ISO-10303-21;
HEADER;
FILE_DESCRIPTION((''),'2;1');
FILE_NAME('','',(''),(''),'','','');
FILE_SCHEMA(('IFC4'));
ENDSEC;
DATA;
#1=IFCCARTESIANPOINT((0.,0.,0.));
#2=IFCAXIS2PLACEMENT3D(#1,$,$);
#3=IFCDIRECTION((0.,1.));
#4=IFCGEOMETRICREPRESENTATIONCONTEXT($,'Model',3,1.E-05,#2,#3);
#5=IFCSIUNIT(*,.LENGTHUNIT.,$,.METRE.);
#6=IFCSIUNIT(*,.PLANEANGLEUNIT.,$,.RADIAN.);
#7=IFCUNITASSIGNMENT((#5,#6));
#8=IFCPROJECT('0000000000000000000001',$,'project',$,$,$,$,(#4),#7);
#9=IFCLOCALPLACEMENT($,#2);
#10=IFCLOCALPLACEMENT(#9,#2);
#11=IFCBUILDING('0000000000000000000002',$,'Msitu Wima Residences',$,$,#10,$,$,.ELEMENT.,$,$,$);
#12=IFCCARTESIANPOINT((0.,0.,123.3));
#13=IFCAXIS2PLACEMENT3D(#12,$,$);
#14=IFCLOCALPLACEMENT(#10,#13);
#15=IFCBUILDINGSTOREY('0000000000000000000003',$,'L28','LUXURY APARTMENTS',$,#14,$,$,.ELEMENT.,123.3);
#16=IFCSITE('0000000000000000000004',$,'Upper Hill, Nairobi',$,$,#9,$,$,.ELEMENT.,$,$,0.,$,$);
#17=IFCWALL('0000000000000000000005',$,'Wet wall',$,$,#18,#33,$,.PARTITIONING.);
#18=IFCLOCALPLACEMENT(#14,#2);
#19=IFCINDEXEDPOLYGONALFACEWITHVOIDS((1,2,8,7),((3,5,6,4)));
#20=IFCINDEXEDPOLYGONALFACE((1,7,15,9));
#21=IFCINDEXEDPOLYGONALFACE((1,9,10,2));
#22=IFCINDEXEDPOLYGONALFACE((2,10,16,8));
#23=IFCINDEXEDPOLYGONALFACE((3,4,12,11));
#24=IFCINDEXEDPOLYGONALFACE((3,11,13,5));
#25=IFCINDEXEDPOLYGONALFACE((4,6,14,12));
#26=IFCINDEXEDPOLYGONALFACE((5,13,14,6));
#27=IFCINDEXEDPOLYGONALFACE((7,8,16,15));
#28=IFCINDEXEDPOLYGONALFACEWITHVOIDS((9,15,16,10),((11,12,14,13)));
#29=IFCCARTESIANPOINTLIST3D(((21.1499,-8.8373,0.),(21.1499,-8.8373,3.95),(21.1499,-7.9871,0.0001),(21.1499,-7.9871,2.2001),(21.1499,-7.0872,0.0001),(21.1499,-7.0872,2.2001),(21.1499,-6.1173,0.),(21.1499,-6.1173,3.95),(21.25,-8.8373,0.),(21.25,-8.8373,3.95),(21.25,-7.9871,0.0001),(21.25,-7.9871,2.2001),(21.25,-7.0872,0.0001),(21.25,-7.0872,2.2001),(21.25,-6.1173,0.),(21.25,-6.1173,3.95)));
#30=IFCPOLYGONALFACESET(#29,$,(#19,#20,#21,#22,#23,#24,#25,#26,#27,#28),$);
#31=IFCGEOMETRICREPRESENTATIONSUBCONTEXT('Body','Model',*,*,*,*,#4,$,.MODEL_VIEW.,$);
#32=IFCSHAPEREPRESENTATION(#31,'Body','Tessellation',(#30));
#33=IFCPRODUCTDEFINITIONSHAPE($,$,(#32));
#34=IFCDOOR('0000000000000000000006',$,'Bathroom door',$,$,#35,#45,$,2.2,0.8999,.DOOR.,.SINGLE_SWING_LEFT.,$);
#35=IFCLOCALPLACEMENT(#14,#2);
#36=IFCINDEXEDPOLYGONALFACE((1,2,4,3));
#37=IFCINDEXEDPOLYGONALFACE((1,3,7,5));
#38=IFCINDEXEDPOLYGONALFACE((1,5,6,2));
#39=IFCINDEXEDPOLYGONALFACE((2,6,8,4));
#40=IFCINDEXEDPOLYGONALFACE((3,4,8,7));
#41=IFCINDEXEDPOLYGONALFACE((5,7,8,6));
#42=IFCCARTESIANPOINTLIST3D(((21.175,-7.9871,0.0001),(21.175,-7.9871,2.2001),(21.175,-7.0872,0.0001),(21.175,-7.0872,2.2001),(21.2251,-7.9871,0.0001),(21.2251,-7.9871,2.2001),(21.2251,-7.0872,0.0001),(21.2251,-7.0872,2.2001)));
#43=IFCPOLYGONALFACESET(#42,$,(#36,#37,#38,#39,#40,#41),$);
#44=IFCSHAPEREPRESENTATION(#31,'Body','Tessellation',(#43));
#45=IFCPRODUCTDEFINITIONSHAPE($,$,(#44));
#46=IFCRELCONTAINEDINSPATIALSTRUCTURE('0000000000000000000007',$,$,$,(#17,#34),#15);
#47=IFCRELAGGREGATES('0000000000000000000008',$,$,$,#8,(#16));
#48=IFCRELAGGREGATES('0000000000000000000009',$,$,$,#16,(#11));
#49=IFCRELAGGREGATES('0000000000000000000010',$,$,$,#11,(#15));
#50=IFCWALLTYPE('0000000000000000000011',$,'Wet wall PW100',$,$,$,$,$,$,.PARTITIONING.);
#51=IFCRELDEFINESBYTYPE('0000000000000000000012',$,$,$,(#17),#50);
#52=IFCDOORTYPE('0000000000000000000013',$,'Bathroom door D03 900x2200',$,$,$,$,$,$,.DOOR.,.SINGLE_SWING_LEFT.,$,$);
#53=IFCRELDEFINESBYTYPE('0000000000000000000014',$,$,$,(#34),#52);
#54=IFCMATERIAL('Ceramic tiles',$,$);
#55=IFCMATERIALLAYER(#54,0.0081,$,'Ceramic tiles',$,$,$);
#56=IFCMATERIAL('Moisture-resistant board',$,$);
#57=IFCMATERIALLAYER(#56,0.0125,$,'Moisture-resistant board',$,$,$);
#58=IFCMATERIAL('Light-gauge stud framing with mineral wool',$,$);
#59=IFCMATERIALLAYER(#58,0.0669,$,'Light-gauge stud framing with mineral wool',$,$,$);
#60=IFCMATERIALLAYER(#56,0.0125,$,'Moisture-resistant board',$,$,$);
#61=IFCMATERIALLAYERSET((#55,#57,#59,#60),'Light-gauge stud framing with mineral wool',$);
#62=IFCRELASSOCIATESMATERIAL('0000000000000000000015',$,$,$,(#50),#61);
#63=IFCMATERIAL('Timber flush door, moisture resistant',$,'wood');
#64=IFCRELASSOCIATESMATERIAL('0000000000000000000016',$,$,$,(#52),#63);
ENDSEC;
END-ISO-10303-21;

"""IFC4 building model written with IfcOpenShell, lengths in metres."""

from ifc_helpers import new_model, si_unit, direction, frame, frame_2d, origin, place, context, subcontext, project, spatial, rectangle, extrude, material, layer, layer_set, type_object, element, fill, save


model = new_model("IFC4")

# Units and contexts
model_context = context("Model", 3, precision=1e-05, world=origin(), true_north=direction((0.0, 1.0)))
body_context = subcontext(model_context, "Body", "Model", "MODEL_VIEW")
ifc_project = project(units=[si_unit("LENGTHUNIT", "METRE"), si_unit("PLANEANGLEUNIT", "RADIAN")], contexts=[model_context])

# Site, building, storey
site_placement = place(None, origin())
site = spatial("IfcSite", under=ifc_project, at=site_placement, Name="Upper Hill, Nairobi", CompositionType="ELEMENT", RefElevation=0.0)
building_placement = place(site_placement, origin())
building = spatial("IfcBuilding", under=site, at=building_placement, Name="Msitu Wima Residences", CompositionType="ELEMENT")
storey_placement = place(building_placement, frame((0.0, 0.0, 123.3)))
storey = spatial("IfcBuildingStorey", under=building, at=storey_placement, Name="L28", Description="LUXURY APARTMENTS", CompositionType="ELEMENT", Elevation=123.3)

# Shared definitions
ifc_material_1 = material(Name="Ceramic tiles")
ifc_layer_1 = layer(ifc_material_1, 0.0081, Name="Ceramic tiles")
ifc_material_2 = material(Name="Moisture-resistant board")
ifc_layer_2 = layer(ifc_material_2, 0.0125, Name="Moisture-resistant board")
ifc_material_3 = material(Name="Light-gauge stud framing with mineral wool")
ifc_layer_3 = layer(ifc_material_3, 0.0669, Name="Light-gauge stud framing with mineral wool")
ifc_layer_4 = layer(ifc_material_2, 0.0125, Name="Moisture-resistant board")
ifc_layer_set_1 = layer_set([ifc_layer_1, ifc_layer_2, ifc_layer_3, ifc_layer_4], Name="Light-gauge stud framing with mineral wool")
wall_type_1 = type_object("IfcWallType", Name="Wet wall PW100", PredefinedType="PARTITIONING", material=ifc_layer_set_1)
ifc_material_4 = material(Name="Timber flush door, moisture resistant", Category="wood")
door_type_1 = type_object("IfcDoorType", Name="Bathroom door D03 900x2200", OperationType="SINGLE_SWING_LEFT", PredefinedType="DOOR", material=ifc_material_4)

# Wall, opening, door
wall_1_placement = place(storey_placement, frame((21.2, -8.8372, 0.0), z_axis=(0.0, 0.0, 1.0), x_axis=(0.0, 1.0, 0.0)))
wall_1 = element("IfcWall", 1, at=wall_1_placement, inside=storey, type_object=wall_type_1, Name="Wet wall", PredefinedType="PARTITIONING", context=body_context, shape_type="SweptSolid", body=[
    extrude(rectangle(XDim=2.72, YDim=0.1001, at=frame_2d((1.3599, 0.0))), origin(), (0.0, 0.0, 1.0), 3.95),
])
opening_1_placement = place(wall_1_placement, frame((0.8501, 0.0, 0.0)))
opening_1 = element("IfcOpeningElement", 2, at=opening_1_placement, cuts=wall_1, PredefinedType="OPENING", context=body_context, shape_type="SweptSolid", body=[
    extrude(rectangle(XDim=0.8999, YDim=2.2, at=frame_2d((0.45, 1.1001))), frame((0.0, 0.0601, 0.0), z_axis=(0.0, -1.0, 0.0), x_axis=(1.0, 0.0, 0.0)), (0.0, 0.0, 1.0), 0.1201),
])
door_1_placement = place(opening_1_placement, origin())
door_1 = element("IfcDoor", 3, at=door_1_placement, inside=storey, type_object=door_type_1, Name="Bathroom door", OperationType="SINGLE_SWING_LEFT", OverallHeight=2.2, OverallWidth=0.8999, PredefinedType="DOOR", context=body_context, shape_type="SweptSolid", body=[
    extrude(rectangle(XDim=0.8999, YDim=2.2, at=frame_2d((0.45, 1.1001))), frame((0.0, 0.0249, 0.0), z_axis=(0.0, -1.0, 0.0), x_axis=(1.0, 0.0, 0.0)), (0.0, 0.0, 1.0), 0.05),
])
fill(opening_1, door_1)

save(model, "model.ifc")
